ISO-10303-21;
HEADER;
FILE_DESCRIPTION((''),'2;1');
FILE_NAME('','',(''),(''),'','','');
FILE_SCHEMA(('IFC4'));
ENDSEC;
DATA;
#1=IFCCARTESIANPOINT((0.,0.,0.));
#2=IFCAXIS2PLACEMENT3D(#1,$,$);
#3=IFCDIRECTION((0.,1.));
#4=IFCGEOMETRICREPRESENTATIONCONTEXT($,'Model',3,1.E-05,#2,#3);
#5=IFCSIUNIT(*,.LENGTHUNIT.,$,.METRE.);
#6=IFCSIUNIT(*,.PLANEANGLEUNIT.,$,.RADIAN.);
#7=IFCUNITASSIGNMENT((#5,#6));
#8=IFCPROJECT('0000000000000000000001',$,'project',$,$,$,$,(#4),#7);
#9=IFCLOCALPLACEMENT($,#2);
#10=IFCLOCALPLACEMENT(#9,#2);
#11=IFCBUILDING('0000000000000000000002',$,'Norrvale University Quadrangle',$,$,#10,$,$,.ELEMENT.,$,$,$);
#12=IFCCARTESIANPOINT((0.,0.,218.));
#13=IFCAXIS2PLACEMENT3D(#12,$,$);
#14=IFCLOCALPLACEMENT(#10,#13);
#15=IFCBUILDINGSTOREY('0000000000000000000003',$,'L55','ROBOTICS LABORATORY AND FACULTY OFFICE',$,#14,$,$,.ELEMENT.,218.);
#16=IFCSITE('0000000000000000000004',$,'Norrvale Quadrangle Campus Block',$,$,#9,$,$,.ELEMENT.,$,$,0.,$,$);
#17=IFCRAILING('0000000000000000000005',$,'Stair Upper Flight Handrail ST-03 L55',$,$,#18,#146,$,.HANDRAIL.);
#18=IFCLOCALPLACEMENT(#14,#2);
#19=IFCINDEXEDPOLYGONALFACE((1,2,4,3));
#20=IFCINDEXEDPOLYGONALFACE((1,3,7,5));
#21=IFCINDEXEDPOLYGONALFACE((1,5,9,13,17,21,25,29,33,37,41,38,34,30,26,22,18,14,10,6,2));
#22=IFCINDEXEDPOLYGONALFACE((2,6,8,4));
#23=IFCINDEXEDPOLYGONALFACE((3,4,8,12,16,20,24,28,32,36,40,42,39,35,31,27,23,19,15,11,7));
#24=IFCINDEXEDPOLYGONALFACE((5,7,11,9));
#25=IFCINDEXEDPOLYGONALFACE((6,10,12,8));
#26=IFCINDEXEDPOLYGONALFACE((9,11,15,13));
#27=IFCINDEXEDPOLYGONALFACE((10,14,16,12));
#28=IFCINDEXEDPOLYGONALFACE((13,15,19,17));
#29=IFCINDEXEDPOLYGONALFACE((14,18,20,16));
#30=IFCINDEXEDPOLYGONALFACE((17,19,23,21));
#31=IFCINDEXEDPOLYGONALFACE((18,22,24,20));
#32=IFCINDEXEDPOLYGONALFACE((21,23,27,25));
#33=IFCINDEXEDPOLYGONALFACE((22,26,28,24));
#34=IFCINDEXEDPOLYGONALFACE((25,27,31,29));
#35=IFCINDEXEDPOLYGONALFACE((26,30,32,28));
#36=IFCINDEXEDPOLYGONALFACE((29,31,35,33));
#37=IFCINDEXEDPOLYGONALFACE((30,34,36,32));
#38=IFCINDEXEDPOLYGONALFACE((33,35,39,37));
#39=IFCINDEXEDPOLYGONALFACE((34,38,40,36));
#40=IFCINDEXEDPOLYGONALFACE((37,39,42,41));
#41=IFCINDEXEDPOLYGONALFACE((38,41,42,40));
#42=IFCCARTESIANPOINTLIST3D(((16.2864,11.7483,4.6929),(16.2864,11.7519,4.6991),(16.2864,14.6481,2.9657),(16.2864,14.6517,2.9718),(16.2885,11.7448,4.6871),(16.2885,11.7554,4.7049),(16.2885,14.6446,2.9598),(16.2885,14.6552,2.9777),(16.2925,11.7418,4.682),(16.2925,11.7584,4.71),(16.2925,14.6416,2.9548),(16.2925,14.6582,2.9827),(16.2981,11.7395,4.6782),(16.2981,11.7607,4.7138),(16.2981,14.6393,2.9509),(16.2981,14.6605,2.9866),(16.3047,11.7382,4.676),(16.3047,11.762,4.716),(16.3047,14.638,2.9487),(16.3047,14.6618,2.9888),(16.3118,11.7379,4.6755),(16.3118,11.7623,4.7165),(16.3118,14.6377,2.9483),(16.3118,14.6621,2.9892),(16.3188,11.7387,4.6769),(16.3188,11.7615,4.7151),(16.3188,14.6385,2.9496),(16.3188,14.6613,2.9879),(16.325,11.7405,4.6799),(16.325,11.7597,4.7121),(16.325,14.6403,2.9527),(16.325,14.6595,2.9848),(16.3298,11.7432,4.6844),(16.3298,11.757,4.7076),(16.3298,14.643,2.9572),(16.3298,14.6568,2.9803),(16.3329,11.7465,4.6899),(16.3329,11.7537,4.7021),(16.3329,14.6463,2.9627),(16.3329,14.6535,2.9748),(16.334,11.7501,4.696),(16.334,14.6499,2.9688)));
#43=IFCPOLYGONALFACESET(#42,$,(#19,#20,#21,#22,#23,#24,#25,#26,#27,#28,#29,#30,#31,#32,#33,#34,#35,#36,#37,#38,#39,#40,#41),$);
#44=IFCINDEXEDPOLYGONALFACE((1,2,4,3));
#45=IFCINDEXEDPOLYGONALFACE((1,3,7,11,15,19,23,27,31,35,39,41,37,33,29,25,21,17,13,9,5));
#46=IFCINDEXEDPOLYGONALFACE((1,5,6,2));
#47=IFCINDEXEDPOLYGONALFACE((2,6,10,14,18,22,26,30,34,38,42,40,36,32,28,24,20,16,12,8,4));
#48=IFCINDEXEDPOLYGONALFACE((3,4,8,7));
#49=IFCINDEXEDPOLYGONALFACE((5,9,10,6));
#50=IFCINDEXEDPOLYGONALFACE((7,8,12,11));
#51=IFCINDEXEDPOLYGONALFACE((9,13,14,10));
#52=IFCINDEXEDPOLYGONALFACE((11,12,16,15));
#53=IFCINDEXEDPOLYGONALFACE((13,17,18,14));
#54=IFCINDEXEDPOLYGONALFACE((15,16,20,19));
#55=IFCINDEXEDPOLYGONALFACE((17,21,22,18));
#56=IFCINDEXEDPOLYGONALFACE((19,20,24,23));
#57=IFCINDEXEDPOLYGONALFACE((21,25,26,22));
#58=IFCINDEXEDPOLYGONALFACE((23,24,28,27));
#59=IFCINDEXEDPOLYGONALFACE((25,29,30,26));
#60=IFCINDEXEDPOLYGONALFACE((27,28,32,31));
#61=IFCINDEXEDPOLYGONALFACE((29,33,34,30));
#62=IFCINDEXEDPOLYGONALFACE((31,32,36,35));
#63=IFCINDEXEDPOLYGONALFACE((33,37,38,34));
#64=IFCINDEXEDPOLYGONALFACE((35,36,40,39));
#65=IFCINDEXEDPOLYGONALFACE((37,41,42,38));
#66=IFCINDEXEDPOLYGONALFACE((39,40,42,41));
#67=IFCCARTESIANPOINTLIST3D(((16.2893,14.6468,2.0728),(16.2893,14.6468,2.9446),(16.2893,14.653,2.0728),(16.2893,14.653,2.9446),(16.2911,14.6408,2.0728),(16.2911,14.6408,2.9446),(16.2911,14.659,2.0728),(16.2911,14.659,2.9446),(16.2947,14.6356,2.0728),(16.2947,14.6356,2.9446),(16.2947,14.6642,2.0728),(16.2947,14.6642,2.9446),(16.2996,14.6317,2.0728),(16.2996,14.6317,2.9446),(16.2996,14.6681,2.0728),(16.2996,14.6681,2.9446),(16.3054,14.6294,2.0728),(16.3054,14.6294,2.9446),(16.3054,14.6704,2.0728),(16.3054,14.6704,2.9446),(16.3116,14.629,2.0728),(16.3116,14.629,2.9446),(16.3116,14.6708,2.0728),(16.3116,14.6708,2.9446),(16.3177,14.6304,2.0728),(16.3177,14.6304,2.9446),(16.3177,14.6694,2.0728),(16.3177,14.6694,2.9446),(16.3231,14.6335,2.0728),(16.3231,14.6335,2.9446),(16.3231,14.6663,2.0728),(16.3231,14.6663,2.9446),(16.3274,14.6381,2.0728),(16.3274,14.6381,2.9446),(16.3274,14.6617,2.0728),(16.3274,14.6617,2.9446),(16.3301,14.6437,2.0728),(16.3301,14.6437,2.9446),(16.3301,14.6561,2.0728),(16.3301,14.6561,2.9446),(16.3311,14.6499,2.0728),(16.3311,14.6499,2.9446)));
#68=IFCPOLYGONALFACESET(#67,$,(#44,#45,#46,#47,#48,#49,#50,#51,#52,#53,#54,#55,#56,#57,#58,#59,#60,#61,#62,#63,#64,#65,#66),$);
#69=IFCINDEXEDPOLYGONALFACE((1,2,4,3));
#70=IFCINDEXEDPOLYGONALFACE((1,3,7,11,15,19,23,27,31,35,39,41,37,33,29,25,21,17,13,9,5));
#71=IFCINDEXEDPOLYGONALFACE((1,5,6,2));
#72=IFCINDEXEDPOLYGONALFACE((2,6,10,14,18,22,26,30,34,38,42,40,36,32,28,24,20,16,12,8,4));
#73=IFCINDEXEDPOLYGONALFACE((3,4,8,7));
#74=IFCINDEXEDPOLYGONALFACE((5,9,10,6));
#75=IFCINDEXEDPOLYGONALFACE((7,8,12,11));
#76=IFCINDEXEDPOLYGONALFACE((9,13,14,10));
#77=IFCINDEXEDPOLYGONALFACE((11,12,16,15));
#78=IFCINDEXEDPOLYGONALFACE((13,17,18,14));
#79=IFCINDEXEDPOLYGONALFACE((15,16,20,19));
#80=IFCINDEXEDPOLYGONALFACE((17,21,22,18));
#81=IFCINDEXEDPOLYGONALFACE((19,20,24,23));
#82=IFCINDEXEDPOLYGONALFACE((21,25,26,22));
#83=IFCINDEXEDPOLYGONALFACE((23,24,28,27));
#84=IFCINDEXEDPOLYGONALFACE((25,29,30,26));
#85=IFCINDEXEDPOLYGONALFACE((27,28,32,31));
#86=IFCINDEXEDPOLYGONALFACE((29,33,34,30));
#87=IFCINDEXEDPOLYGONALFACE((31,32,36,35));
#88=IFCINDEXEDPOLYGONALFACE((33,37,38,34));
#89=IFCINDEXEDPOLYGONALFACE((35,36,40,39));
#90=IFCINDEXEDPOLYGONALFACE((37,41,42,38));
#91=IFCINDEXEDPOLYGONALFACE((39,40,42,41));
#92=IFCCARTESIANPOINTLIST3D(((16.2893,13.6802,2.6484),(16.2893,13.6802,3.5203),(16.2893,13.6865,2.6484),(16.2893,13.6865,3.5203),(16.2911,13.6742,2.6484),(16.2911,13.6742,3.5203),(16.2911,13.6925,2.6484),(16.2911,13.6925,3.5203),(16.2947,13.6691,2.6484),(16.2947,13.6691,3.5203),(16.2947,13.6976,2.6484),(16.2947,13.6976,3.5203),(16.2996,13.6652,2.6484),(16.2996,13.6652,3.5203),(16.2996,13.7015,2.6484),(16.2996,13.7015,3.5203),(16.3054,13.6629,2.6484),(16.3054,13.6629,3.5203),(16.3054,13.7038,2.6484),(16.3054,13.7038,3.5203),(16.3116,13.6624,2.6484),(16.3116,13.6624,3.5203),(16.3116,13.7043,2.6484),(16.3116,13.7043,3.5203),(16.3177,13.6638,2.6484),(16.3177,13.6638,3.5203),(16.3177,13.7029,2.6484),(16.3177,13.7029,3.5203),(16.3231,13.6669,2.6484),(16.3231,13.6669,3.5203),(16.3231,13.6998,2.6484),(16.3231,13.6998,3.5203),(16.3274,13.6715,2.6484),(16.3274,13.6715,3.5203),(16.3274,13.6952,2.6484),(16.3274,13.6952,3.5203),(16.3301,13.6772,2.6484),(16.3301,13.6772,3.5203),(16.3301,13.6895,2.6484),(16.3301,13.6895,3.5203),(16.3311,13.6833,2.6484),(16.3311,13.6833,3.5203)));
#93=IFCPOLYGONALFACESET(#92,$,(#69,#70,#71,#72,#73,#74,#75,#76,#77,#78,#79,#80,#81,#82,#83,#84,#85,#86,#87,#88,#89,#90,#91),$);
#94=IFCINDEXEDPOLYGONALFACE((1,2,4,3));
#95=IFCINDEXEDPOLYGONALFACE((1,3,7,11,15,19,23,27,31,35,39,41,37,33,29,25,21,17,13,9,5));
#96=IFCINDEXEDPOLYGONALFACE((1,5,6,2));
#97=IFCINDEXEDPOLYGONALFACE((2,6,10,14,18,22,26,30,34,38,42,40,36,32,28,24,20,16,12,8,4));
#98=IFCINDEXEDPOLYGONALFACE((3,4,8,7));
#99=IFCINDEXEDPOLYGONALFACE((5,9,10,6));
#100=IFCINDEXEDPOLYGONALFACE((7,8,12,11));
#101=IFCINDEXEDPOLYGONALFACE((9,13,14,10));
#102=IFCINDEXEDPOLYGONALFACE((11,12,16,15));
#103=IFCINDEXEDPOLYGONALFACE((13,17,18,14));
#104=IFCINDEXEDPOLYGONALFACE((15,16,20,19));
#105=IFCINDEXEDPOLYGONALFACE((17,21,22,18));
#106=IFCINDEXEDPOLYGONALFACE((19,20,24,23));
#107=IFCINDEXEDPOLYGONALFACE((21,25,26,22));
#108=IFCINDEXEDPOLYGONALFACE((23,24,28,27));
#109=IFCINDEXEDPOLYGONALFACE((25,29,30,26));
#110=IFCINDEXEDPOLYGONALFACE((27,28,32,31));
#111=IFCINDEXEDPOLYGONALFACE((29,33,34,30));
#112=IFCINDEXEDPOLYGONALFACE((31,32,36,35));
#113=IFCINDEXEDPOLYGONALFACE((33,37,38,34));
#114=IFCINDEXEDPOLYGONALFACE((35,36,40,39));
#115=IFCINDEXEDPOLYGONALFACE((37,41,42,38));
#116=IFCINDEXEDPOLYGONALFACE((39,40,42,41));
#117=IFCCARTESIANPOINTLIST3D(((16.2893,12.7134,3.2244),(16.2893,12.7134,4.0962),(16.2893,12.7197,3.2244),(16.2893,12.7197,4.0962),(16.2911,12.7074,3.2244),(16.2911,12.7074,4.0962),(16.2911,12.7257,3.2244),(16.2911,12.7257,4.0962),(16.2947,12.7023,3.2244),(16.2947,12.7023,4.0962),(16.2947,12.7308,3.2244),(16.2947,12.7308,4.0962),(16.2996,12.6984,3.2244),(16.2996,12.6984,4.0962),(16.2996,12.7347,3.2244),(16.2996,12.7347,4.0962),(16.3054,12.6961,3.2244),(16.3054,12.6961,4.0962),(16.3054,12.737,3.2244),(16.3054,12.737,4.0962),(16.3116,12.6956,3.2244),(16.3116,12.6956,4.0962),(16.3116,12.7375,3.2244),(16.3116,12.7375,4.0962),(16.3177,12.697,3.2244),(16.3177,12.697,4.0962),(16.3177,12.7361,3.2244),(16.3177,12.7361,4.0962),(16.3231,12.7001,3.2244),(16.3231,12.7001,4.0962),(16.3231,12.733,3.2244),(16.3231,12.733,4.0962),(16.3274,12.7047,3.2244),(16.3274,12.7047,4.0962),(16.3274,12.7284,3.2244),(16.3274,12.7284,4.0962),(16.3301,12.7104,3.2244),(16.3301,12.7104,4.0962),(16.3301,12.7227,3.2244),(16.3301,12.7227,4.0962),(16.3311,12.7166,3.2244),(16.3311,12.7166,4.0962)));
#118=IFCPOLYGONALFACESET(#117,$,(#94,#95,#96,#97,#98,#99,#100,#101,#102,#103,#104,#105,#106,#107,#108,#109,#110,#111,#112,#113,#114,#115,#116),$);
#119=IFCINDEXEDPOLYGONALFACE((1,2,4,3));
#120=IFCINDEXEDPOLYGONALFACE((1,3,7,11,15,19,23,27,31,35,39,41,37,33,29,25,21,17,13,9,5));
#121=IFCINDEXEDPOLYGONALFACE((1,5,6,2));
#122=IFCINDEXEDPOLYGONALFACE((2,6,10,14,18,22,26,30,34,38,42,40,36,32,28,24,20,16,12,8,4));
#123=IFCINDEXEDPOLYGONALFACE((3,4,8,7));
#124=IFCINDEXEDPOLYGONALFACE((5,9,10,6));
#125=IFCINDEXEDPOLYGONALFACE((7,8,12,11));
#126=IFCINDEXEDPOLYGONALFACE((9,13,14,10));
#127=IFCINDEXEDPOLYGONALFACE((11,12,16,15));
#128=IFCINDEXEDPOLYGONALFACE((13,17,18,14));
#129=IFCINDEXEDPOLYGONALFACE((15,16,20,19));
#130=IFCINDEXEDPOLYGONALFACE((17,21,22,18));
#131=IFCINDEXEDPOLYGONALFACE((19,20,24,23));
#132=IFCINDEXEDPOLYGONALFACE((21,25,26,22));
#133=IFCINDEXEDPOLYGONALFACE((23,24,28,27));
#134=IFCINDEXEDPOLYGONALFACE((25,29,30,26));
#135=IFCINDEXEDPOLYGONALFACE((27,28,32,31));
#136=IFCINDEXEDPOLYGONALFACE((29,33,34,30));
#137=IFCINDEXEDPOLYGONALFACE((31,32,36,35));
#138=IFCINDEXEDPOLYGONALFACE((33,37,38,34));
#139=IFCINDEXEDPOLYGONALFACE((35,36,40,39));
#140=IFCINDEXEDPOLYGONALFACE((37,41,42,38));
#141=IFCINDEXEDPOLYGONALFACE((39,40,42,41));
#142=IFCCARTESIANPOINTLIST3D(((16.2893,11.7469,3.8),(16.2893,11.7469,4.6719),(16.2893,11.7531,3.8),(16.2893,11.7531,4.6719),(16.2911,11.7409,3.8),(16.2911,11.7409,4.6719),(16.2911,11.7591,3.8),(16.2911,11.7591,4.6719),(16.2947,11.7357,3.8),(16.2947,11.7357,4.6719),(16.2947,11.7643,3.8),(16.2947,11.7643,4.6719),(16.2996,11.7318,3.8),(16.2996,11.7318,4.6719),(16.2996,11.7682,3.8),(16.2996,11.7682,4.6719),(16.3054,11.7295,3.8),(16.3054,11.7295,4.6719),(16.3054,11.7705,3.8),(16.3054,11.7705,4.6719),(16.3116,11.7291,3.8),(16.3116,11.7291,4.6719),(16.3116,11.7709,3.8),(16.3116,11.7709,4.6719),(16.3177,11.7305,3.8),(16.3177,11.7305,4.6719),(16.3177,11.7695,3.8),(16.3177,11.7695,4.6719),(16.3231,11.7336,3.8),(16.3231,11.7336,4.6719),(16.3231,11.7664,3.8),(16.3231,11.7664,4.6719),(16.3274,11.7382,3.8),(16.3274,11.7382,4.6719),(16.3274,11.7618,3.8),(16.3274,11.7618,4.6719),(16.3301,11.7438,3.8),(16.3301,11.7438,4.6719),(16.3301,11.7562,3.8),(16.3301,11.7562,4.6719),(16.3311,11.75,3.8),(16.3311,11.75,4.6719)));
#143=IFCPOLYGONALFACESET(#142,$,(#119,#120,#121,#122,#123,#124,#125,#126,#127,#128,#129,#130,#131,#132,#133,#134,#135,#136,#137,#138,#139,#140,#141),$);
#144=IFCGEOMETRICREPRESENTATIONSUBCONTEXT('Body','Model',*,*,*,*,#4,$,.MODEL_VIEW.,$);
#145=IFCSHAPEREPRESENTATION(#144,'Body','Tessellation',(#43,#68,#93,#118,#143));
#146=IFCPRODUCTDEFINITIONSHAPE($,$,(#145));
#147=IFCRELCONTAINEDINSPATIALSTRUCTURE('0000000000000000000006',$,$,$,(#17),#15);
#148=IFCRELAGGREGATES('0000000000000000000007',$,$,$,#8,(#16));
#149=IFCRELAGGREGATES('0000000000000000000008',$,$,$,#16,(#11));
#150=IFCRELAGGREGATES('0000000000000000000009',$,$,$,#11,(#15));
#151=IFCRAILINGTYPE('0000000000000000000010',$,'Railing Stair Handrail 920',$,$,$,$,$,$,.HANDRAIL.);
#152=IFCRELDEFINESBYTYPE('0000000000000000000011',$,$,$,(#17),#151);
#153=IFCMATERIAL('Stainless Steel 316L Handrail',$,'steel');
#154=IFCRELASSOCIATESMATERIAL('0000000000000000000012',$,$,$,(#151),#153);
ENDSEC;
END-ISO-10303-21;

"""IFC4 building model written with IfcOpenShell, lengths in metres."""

from ifc_helpers import new_model, si_unit, direction, frame, origin, origin_2d, place, context, subcontext, project, spatial, circle, extrude, material, type_object, element, save


model = new_model("IFC4")

# Units and contexts
model_context = context("Model", 3, precision=1e-05, world=origin(), true_north=direction((0.0, 1.0)))
body_context = subcontext(model_context, "Body", "Model", "MODEL_VIEW")
ifc_project = project(units=[si_unit("LENGTHUNIT", "METRE"), si_unit("PLANEANGLEUNIT", "RADIAN")], contexts=[model_context])

# Site, building, storey
site_placement = place(None, origin())
site = spatial("IfcSite", under=ifc_project, at=site_placement, Name="Norrvale Quadrangle Campus Block", CompositionType="ELEMENT", RefElevation=0.0)
building_placement = place(site_placement, origin())
building = spatial("IfcBuilding", under=site, at=building_placement, Name="Norrvale University Quadrangle", CompositionType="ELEMENT")
storey_placement = place(building_placement, frame((0.0, 0.0, 218.0)))
storey = spatial("IfcBuildingStorey", under=building, at=storey_placement, Name="L55", Description="ROBOTICS LABORATORY AND FACULTY OFFICE", CompositionType="ELEMENT", Elevation=218.0)

# Railing
ifc_material_1 = material(Name="Stainless Steel 316L Handrail", Category="steel")
railing_type_1 = type_object("IfcRailingType", Name="Railing Stair Handrail 920", PredefinedType="HANDRAIL", material=ifc_material_1)
railing_1_placement = place(storey_placement, frame((16.3101, 14.6499, 2.0728)))
element("IfcRailing", 1, at=railing_1_placement, inside=storey, type_object=railing_type_1, Name="Stair Upper Flight Handrail ST-03 L55", PredefinedType="HANDRAIL", context=body_context, shape_type="SweptSolid", body=[
    extrude(circle(Radius=0.0239, at=origin_2d()), frame((0.0, 0.0, 0.896), z_axis=(0.0, -0.859141, 0.511738), x_axis=(1.0, 0.0, 0.0)), (0.0, 0.0, 1.0), 3.3752),
    extrude(circle(Radius=0.021, at=origin_2d()), origin(), (0.0, 0.0, 1.0), 0.8718),
    extrude(circle(Radius=0.021, at=origin_2d()), frame((0.0, -0.9666, 0.5757)), (0.0, 0.0, 1.0), 0.8718),
    extrude(circle(Radius=0.021, at=origin_2d()), frame((0.0, -1.9333, 1.1516)), (0.0, 0.0, 1.0), 0.8718),
    extrude(circle(Radius=0.021, at=origin_2d()), frame((0.0, -2.8999, 1.7273)), (0.0, 0.0, 1.0), 0.8718),
])

save(model, "model.ifc")
